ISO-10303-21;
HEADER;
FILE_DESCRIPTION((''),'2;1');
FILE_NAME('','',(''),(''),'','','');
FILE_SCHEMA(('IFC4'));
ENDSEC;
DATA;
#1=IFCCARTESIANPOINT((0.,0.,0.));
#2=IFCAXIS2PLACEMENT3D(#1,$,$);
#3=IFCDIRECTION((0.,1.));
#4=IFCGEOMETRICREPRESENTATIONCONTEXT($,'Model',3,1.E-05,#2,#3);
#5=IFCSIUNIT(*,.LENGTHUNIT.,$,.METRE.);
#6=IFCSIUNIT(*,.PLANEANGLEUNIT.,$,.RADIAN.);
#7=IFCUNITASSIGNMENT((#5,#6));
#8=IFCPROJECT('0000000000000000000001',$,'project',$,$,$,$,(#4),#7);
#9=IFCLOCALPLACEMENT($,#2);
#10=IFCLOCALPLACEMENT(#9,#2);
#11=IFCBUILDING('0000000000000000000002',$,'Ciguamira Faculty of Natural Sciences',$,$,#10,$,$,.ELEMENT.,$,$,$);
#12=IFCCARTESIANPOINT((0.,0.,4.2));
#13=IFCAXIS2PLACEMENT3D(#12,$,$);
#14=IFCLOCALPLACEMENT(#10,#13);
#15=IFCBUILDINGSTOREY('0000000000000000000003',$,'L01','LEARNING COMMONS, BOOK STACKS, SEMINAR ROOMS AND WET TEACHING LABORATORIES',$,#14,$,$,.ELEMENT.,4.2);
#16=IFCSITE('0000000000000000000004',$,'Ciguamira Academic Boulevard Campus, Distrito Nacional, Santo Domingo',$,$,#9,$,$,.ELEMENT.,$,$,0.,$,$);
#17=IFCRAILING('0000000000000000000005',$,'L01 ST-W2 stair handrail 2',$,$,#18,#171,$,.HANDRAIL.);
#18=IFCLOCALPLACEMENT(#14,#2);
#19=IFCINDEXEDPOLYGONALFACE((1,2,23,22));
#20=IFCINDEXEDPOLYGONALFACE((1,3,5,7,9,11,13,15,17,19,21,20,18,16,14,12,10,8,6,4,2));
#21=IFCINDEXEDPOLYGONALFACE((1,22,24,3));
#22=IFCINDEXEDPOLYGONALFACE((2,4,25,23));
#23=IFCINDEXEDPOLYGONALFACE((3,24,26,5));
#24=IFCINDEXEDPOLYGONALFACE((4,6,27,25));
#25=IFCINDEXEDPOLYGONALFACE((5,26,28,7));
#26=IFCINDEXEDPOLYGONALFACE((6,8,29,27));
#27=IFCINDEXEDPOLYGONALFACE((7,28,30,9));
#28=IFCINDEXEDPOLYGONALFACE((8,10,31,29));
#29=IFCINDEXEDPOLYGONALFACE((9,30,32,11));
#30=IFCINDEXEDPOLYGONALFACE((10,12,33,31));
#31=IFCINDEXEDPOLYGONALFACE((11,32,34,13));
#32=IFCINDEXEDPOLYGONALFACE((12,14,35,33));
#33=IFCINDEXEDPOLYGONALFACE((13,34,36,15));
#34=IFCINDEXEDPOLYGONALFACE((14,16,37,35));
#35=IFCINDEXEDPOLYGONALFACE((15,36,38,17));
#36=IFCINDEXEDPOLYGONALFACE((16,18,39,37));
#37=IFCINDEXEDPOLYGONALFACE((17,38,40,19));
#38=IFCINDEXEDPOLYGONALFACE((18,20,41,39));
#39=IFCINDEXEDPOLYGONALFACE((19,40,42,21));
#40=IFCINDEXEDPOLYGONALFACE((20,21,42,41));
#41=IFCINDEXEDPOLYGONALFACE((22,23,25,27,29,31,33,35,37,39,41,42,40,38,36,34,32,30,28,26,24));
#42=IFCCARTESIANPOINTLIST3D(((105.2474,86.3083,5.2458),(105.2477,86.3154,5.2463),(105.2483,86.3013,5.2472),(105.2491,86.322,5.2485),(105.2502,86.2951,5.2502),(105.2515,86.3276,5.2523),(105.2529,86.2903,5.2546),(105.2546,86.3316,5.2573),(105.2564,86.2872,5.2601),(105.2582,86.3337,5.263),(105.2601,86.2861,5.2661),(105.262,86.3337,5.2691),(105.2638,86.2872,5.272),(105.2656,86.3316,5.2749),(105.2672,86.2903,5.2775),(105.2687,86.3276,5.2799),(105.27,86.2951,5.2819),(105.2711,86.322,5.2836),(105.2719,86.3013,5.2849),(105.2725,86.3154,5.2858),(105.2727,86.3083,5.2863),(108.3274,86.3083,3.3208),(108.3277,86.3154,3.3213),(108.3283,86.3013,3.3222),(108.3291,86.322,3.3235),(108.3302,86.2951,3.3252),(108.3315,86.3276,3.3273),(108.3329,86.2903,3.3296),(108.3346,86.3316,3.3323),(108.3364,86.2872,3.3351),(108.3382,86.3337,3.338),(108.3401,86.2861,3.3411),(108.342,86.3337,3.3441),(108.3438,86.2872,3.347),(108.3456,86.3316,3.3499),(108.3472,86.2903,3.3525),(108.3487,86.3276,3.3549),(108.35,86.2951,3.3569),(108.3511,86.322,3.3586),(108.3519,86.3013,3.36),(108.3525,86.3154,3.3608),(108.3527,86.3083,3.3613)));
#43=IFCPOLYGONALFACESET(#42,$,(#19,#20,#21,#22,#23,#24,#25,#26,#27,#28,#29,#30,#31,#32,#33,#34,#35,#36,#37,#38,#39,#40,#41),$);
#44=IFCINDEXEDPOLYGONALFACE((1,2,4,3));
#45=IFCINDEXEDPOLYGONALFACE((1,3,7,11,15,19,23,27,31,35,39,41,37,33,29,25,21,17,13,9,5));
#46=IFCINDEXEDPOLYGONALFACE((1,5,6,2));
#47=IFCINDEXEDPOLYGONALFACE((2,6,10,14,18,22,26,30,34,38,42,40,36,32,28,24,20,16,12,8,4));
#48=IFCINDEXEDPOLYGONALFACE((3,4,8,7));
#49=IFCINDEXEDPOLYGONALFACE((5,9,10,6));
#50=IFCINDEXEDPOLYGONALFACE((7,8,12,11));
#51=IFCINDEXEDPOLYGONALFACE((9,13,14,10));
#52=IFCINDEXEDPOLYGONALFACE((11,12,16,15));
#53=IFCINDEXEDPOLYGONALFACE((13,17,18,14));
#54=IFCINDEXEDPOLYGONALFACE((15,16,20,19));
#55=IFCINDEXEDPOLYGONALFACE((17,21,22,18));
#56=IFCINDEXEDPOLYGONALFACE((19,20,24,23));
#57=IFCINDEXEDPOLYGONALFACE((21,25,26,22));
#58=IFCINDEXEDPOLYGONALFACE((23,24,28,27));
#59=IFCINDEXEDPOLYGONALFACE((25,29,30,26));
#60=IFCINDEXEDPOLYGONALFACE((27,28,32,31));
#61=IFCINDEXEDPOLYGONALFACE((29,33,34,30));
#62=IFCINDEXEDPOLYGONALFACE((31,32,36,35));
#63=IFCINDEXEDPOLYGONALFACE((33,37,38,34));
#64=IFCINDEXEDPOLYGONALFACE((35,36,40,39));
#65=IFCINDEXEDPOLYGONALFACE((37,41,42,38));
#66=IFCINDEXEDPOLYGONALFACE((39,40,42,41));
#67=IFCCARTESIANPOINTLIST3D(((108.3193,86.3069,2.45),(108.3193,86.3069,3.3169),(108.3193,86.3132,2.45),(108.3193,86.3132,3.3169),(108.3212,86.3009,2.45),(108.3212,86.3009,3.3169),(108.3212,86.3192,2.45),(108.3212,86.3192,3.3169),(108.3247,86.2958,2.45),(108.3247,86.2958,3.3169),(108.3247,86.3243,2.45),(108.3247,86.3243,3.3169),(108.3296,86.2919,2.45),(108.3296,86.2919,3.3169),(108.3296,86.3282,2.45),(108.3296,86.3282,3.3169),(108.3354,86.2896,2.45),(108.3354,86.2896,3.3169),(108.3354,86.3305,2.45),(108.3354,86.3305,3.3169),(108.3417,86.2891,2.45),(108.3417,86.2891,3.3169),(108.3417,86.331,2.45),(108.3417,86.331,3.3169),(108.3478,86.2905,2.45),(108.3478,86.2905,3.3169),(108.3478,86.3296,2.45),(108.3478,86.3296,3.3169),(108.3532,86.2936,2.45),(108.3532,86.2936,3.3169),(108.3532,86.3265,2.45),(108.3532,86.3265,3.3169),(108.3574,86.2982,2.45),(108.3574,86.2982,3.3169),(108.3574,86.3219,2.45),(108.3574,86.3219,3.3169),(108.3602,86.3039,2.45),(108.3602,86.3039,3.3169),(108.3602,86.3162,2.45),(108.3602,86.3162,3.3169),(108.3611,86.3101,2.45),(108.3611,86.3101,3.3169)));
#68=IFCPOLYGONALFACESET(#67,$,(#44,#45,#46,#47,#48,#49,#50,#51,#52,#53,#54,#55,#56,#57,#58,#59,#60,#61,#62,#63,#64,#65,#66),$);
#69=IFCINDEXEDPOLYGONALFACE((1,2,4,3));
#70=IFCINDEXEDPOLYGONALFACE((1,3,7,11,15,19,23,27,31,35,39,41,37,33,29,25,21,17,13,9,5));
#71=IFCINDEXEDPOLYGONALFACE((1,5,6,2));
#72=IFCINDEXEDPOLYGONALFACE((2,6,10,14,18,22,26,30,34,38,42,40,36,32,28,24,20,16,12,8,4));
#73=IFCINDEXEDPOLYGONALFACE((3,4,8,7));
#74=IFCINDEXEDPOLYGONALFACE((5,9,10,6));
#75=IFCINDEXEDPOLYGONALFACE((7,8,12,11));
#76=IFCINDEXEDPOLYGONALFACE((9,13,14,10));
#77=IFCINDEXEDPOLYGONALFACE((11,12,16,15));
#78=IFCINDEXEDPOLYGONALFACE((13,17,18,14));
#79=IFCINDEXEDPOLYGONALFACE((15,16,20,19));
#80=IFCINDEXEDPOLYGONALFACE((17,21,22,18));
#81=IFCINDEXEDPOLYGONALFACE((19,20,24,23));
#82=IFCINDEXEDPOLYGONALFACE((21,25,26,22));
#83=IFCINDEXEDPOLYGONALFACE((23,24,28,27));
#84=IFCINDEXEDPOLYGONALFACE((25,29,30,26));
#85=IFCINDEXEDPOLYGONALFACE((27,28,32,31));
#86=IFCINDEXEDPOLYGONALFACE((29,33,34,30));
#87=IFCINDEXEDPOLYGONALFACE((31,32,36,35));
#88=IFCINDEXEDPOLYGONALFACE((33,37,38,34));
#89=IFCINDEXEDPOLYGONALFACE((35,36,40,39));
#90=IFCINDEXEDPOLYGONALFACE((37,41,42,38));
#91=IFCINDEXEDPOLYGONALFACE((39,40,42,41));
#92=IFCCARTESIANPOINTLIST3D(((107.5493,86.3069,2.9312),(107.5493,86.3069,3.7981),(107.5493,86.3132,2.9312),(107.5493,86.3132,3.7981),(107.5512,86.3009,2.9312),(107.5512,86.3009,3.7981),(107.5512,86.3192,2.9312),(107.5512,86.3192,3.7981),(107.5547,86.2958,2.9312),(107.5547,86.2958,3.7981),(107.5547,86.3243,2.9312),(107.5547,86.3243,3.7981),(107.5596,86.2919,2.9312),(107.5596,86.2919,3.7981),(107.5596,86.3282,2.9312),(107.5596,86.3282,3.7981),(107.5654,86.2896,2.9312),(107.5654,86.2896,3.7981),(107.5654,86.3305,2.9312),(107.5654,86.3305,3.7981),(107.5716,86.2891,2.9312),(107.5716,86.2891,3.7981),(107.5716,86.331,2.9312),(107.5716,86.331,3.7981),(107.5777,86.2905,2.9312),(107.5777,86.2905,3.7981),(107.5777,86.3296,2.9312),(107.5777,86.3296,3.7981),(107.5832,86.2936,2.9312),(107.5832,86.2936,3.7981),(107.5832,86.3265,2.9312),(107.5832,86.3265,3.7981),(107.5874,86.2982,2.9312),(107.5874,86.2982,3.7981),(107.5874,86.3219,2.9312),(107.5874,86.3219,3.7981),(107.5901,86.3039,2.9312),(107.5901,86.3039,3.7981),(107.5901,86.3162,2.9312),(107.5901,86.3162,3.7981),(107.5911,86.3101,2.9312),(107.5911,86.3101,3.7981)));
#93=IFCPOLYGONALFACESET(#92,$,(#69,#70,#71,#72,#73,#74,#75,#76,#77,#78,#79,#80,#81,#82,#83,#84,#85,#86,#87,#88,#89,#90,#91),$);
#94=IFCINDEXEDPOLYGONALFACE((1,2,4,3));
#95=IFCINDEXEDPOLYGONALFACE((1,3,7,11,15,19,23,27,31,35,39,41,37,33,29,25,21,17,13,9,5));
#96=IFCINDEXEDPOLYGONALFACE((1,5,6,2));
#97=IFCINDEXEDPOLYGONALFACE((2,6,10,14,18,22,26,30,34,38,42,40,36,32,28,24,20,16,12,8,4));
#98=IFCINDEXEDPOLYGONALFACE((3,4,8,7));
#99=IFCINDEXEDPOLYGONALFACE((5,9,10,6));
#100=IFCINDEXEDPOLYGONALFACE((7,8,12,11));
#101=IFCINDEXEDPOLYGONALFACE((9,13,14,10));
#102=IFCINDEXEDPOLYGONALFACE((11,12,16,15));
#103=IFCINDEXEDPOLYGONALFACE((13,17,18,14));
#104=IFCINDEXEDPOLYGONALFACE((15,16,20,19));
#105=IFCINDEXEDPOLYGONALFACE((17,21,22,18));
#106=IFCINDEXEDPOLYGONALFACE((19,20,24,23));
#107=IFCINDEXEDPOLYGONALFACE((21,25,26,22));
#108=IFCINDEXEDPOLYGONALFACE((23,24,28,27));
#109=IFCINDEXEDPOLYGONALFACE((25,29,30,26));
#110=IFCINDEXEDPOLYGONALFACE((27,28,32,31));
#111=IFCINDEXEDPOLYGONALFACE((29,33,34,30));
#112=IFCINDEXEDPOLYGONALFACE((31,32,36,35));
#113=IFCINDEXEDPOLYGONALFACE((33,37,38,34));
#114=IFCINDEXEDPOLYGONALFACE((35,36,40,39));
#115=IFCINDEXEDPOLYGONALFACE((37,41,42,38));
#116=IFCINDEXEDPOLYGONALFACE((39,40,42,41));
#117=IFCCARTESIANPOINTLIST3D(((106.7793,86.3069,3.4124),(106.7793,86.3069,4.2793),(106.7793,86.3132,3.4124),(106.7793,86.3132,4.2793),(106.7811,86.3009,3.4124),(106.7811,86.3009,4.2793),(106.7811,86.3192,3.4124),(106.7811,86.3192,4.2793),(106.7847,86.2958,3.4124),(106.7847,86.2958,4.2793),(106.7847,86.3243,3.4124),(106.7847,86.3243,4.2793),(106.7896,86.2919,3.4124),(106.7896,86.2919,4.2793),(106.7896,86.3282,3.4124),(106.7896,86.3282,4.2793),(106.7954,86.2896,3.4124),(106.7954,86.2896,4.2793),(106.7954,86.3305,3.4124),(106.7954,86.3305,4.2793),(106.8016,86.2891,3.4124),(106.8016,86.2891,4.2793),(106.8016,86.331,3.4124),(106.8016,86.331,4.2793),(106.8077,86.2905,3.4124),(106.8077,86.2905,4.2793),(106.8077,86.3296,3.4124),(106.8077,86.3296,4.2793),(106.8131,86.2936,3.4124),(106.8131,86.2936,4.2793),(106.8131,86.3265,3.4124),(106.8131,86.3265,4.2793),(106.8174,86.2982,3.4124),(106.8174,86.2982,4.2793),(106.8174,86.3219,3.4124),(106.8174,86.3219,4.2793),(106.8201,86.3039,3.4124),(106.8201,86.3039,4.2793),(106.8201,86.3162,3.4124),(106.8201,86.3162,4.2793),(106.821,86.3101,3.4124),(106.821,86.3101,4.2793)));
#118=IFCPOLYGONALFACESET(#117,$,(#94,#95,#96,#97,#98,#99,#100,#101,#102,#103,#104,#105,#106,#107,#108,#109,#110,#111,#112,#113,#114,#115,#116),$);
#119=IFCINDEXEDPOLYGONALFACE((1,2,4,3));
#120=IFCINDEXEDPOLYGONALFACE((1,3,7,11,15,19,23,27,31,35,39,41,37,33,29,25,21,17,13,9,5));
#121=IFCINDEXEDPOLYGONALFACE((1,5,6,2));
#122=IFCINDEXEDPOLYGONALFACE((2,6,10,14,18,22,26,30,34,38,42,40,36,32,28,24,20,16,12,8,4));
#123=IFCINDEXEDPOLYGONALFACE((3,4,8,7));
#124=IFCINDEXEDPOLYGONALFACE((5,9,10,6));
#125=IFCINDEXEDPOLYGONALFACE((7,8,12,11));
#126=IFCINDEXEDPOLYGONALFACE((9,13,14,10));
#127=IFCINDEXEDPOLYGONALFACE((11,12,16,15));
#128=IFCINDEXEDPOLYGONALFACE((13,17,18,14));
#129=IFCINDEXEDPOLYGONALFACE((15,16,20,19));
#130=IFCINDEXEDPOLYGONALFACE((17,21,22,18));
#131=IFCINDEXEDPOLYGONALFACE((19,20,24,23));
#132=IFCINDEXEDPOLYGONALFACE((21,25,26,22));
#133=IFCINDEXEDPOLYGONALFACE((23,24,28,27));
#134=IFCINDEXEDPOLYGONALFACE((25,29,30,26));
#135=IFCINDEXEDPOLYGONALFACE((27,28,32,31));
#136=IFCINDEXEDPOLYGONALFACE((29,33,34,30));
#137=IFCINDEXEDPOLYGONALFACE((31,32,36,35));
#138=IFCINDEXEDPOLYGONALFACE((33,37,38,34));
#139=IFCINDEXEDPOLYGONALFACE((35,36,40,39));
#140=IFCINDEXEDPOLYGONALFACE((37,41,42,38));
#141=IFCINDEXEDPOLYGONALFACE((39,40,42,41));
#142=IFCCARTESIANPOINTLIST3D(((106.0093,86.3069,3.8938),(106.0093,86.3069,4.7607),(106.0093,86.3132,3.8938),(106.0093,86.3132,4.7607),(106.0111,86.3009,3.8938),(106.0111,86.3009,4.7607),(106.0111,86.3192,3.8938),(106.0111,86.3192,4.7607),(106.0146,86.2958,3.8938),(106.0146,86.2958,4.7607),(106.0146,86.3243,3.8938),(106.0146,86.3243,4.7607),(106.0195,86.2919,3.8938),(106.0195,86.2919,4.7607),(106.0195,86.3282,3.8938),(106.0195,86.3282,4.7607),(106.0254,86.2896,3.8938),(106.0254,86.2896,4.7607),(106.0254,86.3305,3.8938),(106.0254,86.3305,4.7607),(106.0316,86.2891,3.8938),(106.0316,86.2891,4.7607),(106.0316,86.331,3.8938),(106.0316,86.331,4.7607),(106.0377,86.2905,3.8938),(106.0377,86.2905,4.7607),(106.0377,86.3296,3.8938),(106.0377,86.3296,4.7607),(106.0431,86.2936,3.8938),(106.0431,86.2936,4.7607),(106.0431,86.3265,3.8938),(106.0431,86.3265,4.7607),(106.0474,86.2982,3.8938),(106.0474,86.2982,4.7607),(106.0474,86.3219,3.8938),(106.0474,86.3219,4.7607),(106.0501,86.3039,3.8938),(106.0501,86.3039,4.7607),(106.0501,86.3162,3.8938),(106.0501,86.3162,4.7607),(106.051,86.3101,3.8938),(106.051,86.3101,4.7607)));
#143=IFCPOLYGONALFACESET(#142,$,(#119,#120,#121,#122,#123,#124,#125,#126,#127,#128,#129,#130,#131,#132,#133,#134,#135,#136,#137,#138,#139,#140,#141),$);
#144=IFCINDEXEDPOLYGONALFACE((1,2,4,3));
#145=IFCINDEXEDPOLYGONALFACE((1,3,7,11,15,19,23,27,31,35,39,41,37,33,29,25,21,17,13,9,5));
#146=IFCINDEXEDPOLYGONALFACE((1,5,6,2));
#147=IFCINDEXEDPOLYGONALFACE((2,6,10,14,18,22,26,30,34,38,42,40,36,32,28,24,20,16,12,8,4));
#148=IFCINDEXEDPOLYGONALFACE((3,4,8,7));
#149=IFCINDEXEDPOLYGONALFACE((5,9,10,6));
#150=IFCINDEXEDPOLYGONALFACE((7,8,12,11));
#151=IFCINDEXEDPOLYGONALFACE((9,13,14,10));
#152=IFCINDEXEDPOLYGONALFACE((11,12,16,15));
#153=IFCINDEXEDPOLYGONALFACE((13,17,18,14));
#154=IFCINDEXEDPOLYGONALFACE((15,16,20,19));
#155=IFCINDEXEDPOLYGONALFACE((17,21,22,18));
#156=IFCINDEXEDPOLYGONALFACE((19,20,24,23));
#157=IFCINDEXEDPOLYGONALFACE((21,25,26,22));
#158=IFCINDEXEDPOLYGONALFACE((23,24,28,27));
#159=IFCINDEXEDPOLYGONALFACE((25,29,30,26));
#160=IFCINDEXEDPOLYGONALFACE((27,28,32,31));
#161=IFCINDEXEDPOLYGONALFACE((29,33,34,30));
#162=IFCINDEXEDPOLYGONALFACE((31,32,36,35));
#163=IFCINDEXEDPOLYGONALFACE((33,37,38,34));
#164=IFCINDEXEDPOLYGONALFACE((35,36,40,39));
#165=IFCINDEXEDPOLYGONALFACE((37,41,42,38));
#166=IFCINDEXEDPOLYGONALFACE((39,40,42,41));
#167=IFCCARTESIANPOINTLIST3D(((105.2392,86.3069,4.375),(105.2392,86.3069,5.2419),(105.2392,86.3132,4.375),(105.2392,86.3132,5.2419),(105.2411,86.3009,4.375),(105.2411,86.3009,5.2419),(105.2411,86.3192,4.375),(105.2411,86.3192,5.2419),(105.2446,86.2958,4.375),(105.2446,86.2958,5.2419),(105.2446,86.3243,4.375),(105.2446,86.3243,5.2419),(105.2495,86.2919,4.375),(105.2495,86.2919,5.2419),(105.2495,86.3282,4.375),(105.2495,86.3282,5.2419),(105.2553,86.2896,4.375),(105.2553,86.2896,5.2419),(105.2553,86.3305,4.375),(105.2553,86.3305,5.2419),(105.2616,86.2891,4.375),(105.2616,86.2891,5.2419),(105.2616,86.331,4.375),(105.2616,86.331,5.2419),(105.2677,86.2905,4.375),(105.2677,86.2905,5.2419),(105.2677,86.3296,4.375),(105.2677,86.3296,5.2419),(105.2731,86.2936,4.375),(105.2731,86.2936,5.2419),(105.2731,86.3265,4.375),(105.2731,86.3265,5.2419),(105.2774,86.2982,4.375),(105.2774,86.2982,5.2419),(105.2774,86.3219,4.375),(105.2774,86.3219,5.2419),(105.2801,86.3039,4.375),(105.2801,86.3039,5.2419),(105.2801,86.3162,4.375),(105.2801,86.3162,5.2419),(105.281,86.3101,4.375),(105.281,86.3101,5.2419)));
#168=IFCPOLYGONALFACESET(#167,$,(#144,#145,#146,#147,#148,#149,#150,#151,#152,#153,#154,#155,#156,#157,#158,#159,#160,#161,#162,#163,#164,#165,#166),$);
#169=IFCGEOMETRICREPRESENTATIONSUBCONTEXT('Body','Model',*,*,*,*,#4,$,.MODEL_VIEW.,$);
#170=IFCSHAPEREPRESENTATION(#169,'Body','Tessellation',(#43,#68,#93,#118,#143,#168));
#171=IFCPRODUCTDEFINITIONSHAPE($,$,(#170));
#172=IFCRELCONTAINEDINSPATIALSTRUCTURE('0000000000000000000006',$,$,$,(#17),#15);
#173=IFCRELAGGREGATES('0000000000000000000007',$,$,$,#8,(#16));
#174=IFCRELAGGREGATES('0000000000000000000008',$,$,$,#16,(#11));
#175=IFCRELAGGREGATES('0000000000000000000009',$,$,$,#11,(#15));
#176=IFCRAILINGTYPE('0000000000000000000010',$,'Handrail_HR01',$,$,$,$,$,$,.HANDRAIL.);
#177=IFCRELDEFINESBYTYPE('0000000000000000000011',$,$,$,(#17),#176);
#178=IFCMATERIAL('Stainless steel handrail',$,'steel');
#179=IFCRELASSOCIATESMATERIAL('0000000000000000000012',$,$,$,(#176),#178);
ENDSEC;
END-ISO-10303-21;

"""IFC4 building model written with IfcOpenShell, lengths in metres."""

from ifc_helpers import new_model, si_unit, direction, frame, origin, origin_2d, place, context, subcontext, project, spatial, circle, extrude, material, type_object, element, save


model = new_model("IFC4")

# Units and contexts
model_context = context("Model", 3, precision=1e-05, world=origin(), true_north=direction((0.0, 1.0)))
body_context = subcontext(model_context, "Body", "Model", "MODEL_VIEW")
ifc_project = project(units=[si_unit("LENGTHUNIT", "METRE"), si_unit("PLANEANGLEUNIT", "RADIAN")], contexts=[model_context])

# Site, building, storey
site_placement = place(None, origin())
site = spatial("IfcSite", under=ifc_project, at=site_placement, Name="Ciguamira Academic Boulevard Campus, Distrito Nacional, Santo Domingo", CompositionType="ELEMENT", RefElevation=0.0)
building_placement = place(site_placement, origin())
building = spatial("IfcBuilding", under=site, at=building_placement, Name="Ciguamira Faculty of Natural Sciences", CompositionType="ELEMENT")
storey_placement = place(building_placement, frame((0.0, 0.0, 4.2)))
storey = spatial("IfcBuildingStorey", under=building, at=storey_placement, Name="L01", Description="LEARNING COMMONS, BOOK STACKS, SEMINAR ROOMS AND WET TEACHING LABORATORIES", CompositionType="ELEMENT", Elevation=4.2)

# Railing
ifc_material_1 = material(Name="Stainless steel handrail", Category="steel")
railing_type_1 = type_object("IfcRailingType", Name="Handrail_HR01", PredefinedType="HANDRAIL", material=ifc_material_1)
railing_1_placement = place(storey_placement, frame((108.3401, 86.3101, 2.45)))
element("IfcRailing", 1, at=railing_1_placement, inside=storey, type_object=railing_type_1, Name="L01 ST-W2 stair handrail 2", PredefinedType="HANDRAIL", context=body_context, shape_type="SweptSolid", body=[
    extrude(circle(Radius=0.0239, at=origin_2d()), frame((0.0, 0.0, 0.8911), z_axis=(-0.847998, 0.0, 0.529999), x_axis=(0.0, -1.0, 0.0)), (0.0, 0.0, 1.0), 3.6321),
    extrude(circle(Radius=0.021, at=origin_2d()), origin(), (0.0, 0.0, 1.0), 0.8669),
    extrude(circle(Radius=0.021, at=origin_2d()), frame((-0.77, 0.0, 0.4812)), (0.0, 0.0, 1.0), 0.8669),
    extrude(circle(Radius=0.021, at=origin_2d()), frame((-1.54, 0.0, 0.9624)), (0.0, 0.0, 1.0), 0.8669),
    extrude(circle(Radius=0.021, at=origin_2d()), frame((-2.3101, 0.0, 1.4438)), (0.0, 0.0, 1.0), 0.8669),
    extrude(circle(Radius=0.021, at=origin_2d()), frame((-3.0801, 0.0, 1.925)), (0.0, 0.0, 1.0), 0.8669),
])

save(model, "model.ifc")
